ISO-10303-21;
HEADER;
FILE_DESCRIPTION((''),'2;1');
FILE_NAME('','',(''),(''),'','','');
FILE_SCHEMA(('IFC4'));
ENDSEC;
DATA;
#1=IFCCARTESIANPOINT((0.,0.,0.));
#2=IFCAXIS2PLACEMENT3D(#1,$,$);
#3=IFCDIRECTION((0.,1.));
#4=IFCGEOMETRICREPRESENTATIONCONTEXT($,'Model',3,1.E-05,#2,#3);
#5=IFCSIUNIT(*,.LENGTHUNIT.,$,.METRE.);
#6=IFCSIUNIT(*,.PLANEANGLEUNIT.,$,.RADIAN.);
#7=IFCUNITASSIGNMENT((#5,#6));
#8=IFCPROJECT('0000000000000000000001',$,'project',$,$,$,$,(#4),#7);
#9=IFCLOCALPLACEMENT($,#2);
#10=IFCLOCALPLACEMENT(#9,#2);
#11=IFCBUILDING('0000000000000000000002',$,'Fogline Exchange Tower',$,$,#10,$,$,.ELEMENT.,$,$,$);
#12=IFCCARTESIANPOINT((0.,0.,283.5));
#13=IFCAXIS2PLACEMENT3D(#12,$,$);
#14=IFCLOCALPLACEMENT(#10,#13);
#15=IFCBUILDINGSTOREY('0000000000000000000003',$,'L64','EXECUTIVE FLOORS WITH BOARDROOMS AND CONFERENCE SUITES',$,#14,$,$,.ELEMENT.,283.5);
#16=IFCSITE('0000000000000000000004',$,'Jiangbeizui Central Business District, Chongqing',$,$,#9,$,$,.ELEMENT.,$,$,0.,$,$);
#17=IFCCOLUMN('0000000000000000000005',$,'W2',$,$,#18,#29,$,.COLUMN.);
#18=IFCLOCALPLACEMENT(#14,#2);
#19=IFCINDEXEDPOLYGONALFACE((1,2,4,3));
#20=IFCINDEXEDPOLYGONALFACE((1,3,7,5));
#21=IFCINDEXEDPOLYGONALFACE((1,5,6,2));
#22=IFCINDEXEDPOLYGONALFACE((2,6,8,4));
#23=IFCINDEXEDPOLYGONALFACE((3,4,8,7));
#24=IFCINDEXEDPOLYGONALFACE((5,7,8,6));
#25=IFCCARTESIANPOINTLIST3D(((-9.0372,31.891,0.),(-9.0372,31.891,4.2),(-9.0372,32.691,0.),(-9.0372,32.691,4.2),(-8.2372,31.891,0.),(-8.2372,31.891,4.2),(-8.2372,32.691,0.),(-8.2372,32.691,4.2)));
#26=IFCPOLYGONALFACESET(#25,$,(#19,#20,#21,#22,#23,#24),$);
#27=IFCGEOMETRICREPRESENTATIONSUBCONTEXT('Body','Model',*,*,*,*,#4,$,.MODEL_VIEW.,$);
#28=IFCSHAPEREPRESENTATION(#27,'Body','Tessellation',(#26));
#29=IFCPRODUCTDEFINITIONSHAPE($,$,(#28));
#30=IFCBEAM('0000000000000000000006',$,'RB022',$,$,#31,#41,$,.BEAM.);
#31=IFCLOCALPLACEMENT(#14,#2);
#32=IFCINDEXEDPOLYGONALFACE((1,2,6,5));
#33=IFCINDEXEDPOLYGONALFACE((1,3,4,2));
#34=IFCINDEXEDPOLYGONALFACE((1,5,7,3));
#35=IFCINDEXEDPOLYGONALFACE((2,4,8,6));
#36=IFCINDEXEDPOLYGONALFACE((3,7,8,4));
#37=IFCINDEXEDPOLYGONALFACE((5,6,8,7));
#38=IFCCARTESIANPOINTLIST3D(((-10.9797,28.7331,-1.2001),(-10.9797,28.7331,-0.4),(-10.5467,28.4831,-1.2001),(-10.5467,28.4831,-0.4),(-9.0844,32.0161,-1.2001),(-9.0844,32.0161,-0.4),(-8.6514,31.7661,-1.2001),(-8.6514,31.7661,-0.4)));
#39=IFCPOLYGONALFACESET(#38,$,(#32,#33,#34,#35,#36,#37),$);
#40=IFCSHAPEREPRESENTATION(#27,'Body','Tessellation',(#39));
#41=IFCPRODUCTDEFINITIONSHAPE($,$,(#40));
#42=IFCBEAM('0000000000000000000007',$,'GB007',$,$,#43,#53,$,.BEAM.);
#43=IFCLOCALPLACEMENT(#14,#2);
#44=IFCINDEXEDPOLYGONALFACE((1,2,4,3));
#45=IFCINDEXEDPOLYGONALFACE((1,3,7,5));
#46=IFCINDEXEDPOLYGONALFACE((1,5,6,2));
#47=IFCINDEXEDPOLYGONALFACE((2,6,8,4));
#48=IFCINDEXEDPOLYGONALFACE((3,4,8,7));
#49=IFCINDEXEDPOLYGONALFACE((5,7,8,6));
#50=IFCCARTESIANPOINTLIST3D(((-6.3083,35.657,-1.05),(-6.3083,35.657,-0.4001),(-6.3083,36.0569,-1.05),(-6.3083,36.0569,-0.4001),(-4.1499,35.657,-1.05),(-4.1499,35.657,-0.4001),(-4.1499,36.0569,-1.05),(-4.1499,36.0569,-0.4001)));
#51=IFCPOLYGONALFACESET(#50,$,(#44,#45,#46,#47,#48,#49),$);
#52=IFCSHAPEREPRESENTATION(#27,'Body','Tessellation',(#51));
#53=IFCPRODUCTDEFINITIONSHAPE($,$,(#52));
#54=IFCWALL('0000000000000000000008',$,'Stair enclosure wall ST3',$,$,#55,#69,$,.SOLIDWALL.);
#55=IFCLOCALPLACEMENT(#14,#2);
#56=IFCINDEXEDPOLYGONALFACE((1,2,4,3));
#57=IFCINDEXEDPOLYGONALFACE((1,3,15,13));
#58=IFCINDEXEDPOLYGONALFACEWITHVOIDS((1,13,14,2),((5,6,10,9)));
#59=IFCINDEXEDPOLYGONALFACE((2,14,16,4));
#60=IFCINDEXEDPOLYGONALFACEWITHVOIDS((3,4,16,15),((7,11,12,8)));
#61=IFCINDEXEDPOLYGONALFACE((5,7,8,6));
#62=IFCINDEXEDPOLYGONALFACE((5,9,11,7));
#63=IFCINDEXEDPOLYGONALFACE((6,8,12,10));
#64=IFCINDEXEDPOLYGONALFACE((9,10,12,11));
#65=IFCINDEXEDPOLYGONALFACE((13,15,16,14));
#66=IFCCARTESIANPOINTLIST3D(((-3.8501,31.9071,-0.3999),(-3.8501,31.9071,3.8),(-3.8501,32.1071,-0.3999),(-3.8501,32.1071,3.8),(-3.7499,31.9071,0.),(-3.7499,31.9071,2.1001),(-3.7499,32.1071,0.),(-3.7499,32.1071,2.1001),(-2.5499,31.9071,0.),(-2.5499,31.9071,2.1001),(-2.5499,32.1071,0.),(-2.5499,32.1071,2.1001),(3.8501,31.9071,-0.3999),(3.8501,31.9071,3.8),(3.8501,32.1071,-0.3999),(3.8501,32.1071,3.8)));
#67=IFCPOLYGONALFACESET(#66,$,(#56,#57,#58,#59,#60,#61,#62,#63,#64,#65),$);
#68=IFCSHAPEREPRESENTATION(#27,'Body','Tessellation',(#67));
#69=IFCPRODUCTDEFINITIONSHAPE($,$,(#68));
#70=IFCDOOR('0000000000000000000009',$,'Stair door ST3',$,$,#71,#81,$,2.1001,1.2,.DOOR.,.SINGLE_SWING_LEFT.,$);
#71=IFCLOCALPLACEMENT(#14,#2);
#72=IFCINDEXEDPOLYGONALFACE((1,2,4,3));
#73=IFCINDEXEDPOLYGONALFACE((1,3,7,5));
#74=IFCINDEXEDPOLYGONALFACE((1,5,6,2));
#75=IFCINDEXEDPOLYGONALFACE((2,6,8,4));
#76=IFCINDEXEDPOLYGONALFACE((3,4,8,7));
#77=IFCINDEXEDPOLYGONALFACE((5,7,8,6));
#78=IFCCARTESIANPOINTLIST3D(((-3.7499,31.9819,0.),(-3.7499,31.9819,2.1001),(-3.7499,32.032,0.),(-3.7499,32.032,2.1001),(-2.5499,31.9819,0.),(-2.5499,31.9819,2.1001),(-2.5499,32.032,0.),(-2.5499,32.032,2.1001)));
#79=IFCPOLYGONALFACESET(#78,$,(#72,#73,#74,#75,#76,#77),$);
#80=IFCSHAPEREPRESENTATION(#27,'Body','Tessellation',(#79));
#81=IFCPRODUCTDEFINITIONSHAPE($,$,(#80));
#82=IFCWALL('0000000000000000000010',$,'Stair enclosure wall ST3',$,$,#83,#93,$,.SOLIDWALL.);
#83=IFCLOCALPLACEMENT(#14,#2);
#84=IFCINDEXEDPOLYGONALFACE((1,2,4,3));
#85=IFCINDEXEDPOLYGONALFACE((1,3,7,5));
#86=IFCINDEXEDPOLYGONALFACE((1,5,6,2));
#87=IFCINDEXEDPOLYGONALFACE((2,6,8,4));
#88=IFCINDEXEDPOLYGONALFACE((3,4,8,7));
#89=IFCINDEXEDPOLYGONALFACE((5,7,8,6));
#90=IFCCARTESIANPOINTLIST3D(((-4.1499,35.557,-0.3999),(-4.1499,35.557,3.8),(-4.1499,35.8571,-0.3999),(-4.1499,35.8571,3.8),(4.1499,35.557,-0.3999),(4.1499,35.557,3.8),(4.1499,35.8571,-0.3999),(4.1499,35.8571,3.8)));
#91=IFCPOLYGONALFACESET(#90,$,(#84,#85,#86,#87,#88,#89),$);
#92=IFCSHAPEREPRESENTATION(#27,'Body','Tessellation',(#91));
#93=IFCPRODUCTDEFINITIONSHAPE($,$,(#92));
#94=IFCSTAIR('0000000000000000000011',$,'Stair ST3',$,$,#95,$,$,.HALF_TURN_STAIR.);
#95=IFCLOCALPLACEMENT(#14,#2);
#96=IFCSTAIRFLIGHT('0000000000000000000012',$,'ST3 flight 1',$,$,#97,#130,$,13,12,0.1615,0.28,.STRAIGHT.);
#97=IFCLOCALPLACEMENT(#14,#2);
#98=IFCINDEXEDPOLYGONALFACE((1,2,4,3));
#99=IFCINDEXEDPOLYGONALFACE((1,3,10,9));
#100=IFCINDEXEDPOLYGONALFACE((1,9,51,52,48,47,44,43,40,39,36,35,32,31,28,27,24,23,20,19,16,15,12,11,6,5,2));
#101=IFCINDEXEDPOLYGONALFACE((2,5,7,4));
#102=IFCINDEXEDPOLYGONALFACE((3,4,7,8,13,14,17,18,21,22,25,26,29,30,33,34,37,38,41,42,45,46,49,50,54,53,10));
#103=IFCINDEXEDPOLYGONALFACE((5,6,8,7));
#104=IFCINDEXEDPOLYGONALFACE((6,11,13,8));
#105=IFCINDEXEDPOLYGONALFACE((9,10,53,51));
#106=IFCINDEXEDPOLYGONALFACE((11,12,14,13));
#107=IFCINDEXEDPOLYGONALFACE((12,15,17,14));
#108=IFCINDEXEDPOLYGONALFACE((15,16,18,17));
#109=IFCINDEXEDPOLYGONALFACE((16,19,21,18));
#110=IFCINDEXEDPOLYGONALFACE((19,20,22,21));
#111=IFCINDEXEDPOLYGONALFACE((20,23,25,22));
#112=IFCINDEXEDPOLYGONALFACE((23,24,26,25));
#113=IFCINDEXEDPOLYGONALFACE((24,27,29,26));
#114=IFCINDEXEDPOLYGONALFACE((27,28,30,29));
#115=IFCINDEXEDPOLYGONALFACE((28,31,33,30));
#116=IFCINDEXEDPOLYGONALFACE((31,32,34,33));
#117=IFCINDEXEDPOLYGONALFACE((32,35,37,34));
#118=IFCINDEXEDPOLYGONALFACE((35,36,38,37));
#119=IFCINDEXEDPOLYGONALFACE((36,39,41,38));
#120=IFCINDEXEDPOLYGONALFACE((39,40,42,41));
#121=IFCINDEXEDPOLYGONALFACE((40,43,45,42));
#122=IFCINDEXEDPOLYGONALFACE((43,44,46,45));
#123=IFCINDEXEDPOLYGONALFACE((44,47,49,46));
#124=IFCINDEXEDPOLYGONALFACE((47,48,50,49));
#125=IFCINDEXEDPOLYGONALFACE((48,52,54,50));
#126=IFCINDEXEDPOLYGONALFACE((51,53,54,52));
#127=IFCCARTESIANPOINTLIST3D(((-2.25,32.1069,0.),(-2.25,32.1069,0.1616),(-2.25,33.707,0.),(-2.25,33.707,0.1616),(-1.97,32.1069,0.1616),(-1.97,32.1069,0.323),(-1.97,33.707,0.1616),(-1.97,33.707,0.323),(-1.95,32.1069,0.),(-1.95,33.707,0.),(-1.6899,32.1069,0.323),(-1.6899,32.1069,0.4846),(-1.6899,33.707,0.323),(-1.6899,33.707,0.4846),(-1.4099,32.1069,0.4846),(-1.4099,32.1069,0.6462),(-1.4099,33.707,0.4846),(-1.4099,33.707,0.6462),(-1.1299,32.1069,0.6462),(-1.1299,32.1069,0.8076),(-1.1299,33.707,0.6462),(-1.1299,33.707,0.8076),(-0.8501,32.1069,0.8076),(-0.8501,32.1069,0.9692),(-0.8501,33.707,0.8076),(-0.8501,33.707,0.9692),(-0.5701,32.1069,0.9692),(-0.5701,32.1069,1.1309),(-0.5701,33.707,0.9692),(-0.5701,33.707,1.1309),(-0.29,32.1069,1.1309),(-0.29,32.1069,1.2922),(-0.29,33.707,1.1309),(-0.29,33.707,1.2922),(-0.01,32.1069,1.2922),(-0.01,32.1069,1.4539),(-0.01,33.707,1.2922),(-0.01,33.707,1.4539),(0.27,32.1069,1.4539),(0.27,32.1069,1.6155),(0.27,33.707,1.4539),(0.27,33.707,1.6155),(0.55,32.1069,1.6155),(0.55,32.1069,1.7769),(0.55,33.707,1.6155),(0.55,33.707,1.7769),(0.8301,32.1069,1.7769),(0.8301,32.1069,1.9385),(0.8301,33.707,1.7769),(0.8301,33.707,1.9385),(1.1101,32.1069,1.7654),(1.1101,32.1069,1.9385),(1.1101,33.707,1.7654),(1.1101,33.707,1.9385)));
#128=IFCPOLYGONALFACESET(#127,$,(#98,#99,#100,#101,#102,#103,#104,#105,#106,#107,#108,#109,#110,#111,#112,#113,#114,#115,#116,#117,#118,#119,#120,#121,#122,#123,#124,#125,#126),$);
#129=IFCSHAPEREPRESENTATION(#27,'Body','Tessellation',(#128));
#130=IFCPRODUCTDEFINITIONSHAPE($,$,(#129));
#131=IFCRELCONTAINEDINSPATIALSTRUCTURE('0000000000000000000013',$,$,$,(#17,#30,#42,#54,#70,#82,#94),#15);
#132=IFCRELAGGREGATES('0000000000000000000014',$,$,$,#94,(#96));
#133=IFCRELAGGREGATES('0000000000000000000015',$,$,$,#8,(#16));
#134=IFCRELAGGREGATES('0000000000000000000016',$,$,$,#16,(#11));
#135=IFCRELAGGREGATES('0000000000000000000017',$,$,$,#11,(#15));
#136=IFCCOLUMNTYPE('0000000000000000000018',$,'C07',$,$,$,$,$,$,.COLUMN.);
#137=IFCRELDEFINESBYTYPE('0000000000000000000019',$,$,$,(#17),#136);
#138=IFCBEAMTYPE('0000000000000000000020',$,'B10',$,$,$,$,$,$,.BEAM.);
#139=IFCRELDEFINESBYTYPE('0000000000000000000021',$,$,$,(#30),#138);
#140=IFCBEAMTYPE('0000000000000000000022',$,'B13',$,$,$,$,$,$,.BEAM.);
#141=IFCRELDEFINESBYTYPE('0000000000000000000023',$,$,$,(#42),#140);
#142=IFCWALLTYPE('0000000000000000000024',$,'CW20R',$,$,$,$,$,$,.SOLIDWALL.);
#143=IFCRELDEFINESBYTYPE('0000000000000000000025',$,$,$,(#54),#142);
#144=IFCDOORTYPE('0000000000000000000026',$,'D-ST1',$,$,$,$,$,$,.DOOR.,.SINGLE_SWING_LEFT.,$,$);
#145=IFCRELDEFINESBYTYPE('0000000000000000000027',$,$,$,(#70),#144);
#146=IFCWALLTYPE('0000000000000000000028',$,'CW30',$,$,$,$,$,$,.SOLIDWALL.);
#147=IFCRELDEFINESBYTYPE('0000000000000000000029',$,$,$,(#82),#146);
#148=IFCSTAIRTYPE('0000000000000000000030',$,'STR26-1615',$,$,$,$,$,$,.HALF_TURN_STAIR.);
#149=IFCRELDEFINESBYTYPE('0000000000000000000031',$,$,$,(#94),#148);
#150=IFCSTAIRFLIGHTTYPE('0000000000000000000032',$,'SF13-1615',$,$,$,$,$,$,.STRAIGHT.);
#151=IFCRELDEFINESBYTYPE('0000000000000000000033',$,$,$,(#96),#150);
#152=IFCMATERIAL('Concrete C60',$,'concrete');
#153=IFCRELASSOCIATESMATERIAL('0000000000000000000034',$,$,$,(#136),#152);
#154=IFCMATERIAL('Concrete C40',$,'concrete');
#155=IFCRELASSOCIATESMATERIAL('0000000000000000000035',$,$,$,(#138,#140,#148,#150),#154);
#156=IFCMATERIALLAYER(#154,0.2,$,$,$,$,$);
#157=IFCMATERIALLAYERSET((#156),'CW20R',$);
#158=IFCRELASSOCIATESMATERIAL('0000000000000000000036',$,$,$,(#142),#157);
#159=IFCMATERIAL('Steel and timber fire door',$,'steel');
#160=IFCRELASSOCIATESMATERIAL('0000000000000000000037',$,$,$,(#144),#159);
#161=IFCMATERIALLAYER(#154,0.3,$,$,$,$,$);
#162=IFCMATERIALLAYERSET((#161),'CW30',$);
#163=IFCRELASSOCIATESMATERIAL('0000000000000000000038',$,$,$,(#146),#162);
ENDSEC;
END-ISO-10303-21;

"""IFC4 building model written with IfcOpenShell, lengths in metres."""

from ifc_helpers import new_model, si_unit, direction, frame, frame_2d, origin, origin_2d, place, context, subcontext, project, spatial, polyline, rectangle, outline, extrude, material, layer, layer_set, material_profile, profile_set, type_object, element, fill, aggregate, save


model = new_model("IFC4")

# Units and contexts
model_context = context("Model", 3, precision=1e-05, world=origin(), true_north=direction((0.0, 1.0)))
body_context = subcontext(model_context, "Body", "Model", "MODEL_VIEW")
ifc_project = project(units=[si_unit("LENGTHUNIT", "METRE"), si_unit("PLANEANGLEUNIT", "RADIAN")], contexts=[model_context])

# Site, building, storey
site_placement = place(None, origin())
site = spatial("IfcSite", under=ifc_project, at=site_placement, Name="Jiangbeizui Central Business District, Chongqing", CompositionType="ELEMENT", RefElevation=0.0)
building_placement = place(site_placement, origin())
building = spatial("IfcBuilding", under=site, at=building_placement, Name="Fogline Exchange Tower", CompositionType="ELEMENT")
storey_placement = place(building_placement, frame((0.0, 0.0, 283.5)))
storey = spatial("IfcBuildingStorey", under=building, at=storey_placement, Name="L64", Description="EXECUTIVE FLOORS WITH BOARDROOMS AND CONFERENCE SUITES", CompositionType="ELEMENT", Elevation=283.5)

# Column
ifc_material_1 = material(Name="Concrete C60", Category="concrete")
ifc_material_profile_1 = material_profile(ifc_material_1, rectangle(XDim=0.8, YDim=0.8, at=origin_2d()), Name="RC 800x800")
ifc_profile_set_1 = profile_set([ifc_material_profile_1], Name="Concrete C60")
column_type = type_object("IfcColumnType", Name="C07", PredefinedType="COLUMN", material=ifc_profile_set_1)
column_placement = place(storey_placement, frame((-8.6372, 32.291, 0.0), z_axis=(0.0, 0.0, 1.0), x_axis=(1.0, 0.0, 0.0)))
element("IfcColumn", 1, at=column_placement, inside=storey, type_object=column_type, Name="W2", PredefinedType="COLUMN", context=body_context, shape_type="SweptSolid", body=[
    extrude(rectangle(XDim=0.8, YDim=0.8, at=origin_2d()), origin(), (0.0, 0.0, 1.0), 4.2),
])

# Beams
ifc_material_2 = material(Name="Concrete C40", Category="concrete")
ifc_material_profile_2 = material_profile(ifc_material_2, rectangle(XDim=0.5, YDim=0.8, at=origin_2d()), Name="RC 500x800")
ifc_profile_set_2 = profile_set([ifc_material_profile_2], Name="Concrete C40")
beam_type_1 = type_object("IfcBeamType", Name="B10", PredefinedType="BEAM", material=ifc_profile_set_2)
beam_1_placement = place(storey_placement, frame((-8.8679, 31.8911, -0.8), z_axis=(-0.49997, -0.866043, 0.0), x_axis=(0.866043, -0.49997, 0.0)))
element("IfcBeam", 2, at=beam_1_placement, inside=storey, type_object=beam_type_1, Name="RB022", PredefinedType="BEAM", context=body_context, shape_type="SweptSolid", body=[
    extrude(rectangle(XDim=0.5, YDim=0.8, at=origin_2d()), origin(), (0.0, 0.0, 1.0), 3.7908),
])
ifc_material_profile_3 = material_profile(ifc_material_2, rectangle(XDim=0.3999, YDim=0.6499, at=origin_2d()), Name="RC 400x650")
ifc_profile_set_3 = profile_set([ifc_material_profile_3], Name="Concrete C40")
beam_type_2 = type_object("IfcBeamType", Name="B13", PredefinedType="BEAM", material=ifc_profile_set_3)
beam_2_placement = place(storey_placement, frame((-6.3083, 35.8569, -0.7251), z_axis=(1.0, 0.0, 0.0), x_axis=(0.0, 1.0, 0.0)))
element("IfcBeam", 3, at=beam_2_placement, inside=storey, type_object=beam_type_2, Name="GB007", PredefinedType="BEAM", context=body_context, shape_type="SweptSolid", body=[
    extrude(rectangle(XDim=0.3999, YDim=0.6499, at=origin_2d()), origin(), (0.0, 0.0, 1.0), 2.1584),
])

# Wall, opening, door
ifc_layer_1 = layer(ifc_material_2, 0.2)
ifc_layer_set_1 = layer_set([ifc_layer_1], Name="CW20R")
wall_type_1 = type_object("IfcWallType", Name="CW20R", PredefinedType="SOLIDWALL", material=ifc_layer_set_1)
wall_1_placement = place(storey_placement, frame((-3.8501, 32.0071, -0.3999), z_axis=(0.0, 0.0, 1.0), x_axis=(1.0, 0.0, 0.0)))
wall_1 = element("IfcWall", 4, at=wall_1_placement, inside=storey, type_object=wall_type_1, Name="Stair enclosure wall ST3", PredefinedType="SOLIDWALL", context=body_context, shape_type="SweptSolid", body=[
    extrude(rectangle(XDim=7.7002, YDim=0.2, at=frame_2d((3.8501, 0.0))), origin(), (0.0, 0.0, 1.0), 4.2),
])
opening_placement = place(wall_1_placement, frame((0.1001, 0.0, 0.3999)))
opening = element("IfcOpeningElement", 5, at=opening_placement, cuts=wall_1, PredefinedType="OPENING", context=body_context, shape_type="SweptSolid", body=[
    extrude(rectangle(XDim=1.2, YDim=2.1001, at=frame_2d((0.6001, 1.05))), frame((0.0, 0.1099, 0.0), z_axis=(0.0, -1.0, 0.0), x_axis=(1.0, 0.0, 0.0)), (0.0, 0.0, 1.0), 0.22),
])
ifc_material_3 = material(Name="Steel and timber fire door", Category="steel")
door_type = type_object("IfcDoorType", Name="D-ST1", OperationType="SINGLE_SWING_LEFT", PredefinedType="DOOR", material=ifc_material_3)
door_placement = place(opening_placement, origin())
door = element("IfcDoor", 6, at=door_placement, inside=storey, type_object=door_type, Name="Stair door ST3", OperationType="SINGLE_SWING_LEFT", OverallHeight=2.1001, OverallWidth=1.2, PredefinedType="DOOR", context=body_context, shape_type="SweptSolid", body=[
    extrude(rectangle(XDim=1.2, YDim=2.1001, at=frame_2d((0.6001, 1.05))), frame((0.0, 0.0249, 0.0), z_axis=(0.0, -1.0, 0.0), x_axis=(1.0, 0.0, 0.0)), (0.0, 0.0, 1.0), 0.05),
])
fill(opening, door)

# Wall
ifc_layer_2 = layer(ifc_material_2, 0.3)
ifc_layer_set_2 = layer_set([ifc_layer_2], Name="CW30")
wall_type_2 = type_object("IfcWallType", Name="CW30", PredefinedType="SOLIDWALL", material=ifc_layer_set_2)
wall_2_placement = place(storey_placement, frame((-4.1499, 35.707, -0.3999), z_axis=(0.0, 0.0, 1.0), x_axis=(1.0, 0.0, 0.0)))
element("IfcWall", 7, at=wall_2_placement, inside=storey, type_object=wall_type_2, Name="Stair enclosure wall ST3", PredefinedType="SOLIDWALL", context=body_context, shape_type="SweptSolid", body=[
    extrude(rectangle(XDim=8.2998, YDim=0.3, at=frame_2d((4.1499, 0.0))), origin(), (0.0, 0.0, 1.0), 4.2),
])

# Stair, stair flight
stair_type = type_object("IfcStairType", Name="STR26-1615", PredefinedType="HALF_TURN_STAIR", material=ifc_material_2)
stair_placement = place(storey_placement, origin())
stair = element("IfcStair", 8, at=stair_placement, inside=storey, type_object=stair_type, Name="Stair ST3", PredefinedType="HALF_TURN_STAIR")
stair_flight_type = type_object("IfcStairFlightType", Name="SF13-1615", PredefinedType="STRAIGHT", material=ifc_material_2)
stair_flight_placement = place(storey_placement, frame((-2.25, 32.907, 0.0), z_axis=(0.0, 0.0, 1.0), x_axis=(1.0, 0.0, 0.0)))
stair_flight = element("IfcStairFlight", 9, at=stair_flight_placement, type_object=stair_flight_type, Name="ST3 flight 1", NumberOfRisers=13, NumberOfTreads=12, PredefinedType="STRAIGHT", RiserHeight=0.1615, TreadLength=0.28, context=body_context, shape_type="SweptSolid", body=[
    extrude(outline(polyline([(0.0, 0.0), (0.0, 0.1616), (0.28, 0.1616), (0.28, 0.323), (0.5601, 0.323), (0.5601, 0.4846), (0.8401, 0.4846), (0.8401, 0.6462), (1.1201, 0.6462), (1.1201, 0.8076), (1.3999, 0.8076), (1.3999, 0.9692), (1.6799, 0.9692), (1.6799, 1.1309), (1.96, 1.1309), (1.96, 1.2922), (2.24, 1.2922), (2.24, 1.4539), (2.52, 1.4539), (2.52, 1.6155), (2.8, 1.6155), (2.8, 1.7769), (3.0801, 1.7769), (3.0801, 1.9385), (3.3601, 1.9385), (3.3601, 2.1001), (3.3601, 1.7654), (0.3, 0.0), (0.0, 0.0)])), frame((0.0, 0.8, 0.0), z_axis=(0.0, -1.0, 0.0), x_axis=(1.0, 0.0, 0.0)), (0.0, 0.0, 1.0), 1.6001),
])
aggregate(stair, [stair_flight])

save(model, "model.ifc")
